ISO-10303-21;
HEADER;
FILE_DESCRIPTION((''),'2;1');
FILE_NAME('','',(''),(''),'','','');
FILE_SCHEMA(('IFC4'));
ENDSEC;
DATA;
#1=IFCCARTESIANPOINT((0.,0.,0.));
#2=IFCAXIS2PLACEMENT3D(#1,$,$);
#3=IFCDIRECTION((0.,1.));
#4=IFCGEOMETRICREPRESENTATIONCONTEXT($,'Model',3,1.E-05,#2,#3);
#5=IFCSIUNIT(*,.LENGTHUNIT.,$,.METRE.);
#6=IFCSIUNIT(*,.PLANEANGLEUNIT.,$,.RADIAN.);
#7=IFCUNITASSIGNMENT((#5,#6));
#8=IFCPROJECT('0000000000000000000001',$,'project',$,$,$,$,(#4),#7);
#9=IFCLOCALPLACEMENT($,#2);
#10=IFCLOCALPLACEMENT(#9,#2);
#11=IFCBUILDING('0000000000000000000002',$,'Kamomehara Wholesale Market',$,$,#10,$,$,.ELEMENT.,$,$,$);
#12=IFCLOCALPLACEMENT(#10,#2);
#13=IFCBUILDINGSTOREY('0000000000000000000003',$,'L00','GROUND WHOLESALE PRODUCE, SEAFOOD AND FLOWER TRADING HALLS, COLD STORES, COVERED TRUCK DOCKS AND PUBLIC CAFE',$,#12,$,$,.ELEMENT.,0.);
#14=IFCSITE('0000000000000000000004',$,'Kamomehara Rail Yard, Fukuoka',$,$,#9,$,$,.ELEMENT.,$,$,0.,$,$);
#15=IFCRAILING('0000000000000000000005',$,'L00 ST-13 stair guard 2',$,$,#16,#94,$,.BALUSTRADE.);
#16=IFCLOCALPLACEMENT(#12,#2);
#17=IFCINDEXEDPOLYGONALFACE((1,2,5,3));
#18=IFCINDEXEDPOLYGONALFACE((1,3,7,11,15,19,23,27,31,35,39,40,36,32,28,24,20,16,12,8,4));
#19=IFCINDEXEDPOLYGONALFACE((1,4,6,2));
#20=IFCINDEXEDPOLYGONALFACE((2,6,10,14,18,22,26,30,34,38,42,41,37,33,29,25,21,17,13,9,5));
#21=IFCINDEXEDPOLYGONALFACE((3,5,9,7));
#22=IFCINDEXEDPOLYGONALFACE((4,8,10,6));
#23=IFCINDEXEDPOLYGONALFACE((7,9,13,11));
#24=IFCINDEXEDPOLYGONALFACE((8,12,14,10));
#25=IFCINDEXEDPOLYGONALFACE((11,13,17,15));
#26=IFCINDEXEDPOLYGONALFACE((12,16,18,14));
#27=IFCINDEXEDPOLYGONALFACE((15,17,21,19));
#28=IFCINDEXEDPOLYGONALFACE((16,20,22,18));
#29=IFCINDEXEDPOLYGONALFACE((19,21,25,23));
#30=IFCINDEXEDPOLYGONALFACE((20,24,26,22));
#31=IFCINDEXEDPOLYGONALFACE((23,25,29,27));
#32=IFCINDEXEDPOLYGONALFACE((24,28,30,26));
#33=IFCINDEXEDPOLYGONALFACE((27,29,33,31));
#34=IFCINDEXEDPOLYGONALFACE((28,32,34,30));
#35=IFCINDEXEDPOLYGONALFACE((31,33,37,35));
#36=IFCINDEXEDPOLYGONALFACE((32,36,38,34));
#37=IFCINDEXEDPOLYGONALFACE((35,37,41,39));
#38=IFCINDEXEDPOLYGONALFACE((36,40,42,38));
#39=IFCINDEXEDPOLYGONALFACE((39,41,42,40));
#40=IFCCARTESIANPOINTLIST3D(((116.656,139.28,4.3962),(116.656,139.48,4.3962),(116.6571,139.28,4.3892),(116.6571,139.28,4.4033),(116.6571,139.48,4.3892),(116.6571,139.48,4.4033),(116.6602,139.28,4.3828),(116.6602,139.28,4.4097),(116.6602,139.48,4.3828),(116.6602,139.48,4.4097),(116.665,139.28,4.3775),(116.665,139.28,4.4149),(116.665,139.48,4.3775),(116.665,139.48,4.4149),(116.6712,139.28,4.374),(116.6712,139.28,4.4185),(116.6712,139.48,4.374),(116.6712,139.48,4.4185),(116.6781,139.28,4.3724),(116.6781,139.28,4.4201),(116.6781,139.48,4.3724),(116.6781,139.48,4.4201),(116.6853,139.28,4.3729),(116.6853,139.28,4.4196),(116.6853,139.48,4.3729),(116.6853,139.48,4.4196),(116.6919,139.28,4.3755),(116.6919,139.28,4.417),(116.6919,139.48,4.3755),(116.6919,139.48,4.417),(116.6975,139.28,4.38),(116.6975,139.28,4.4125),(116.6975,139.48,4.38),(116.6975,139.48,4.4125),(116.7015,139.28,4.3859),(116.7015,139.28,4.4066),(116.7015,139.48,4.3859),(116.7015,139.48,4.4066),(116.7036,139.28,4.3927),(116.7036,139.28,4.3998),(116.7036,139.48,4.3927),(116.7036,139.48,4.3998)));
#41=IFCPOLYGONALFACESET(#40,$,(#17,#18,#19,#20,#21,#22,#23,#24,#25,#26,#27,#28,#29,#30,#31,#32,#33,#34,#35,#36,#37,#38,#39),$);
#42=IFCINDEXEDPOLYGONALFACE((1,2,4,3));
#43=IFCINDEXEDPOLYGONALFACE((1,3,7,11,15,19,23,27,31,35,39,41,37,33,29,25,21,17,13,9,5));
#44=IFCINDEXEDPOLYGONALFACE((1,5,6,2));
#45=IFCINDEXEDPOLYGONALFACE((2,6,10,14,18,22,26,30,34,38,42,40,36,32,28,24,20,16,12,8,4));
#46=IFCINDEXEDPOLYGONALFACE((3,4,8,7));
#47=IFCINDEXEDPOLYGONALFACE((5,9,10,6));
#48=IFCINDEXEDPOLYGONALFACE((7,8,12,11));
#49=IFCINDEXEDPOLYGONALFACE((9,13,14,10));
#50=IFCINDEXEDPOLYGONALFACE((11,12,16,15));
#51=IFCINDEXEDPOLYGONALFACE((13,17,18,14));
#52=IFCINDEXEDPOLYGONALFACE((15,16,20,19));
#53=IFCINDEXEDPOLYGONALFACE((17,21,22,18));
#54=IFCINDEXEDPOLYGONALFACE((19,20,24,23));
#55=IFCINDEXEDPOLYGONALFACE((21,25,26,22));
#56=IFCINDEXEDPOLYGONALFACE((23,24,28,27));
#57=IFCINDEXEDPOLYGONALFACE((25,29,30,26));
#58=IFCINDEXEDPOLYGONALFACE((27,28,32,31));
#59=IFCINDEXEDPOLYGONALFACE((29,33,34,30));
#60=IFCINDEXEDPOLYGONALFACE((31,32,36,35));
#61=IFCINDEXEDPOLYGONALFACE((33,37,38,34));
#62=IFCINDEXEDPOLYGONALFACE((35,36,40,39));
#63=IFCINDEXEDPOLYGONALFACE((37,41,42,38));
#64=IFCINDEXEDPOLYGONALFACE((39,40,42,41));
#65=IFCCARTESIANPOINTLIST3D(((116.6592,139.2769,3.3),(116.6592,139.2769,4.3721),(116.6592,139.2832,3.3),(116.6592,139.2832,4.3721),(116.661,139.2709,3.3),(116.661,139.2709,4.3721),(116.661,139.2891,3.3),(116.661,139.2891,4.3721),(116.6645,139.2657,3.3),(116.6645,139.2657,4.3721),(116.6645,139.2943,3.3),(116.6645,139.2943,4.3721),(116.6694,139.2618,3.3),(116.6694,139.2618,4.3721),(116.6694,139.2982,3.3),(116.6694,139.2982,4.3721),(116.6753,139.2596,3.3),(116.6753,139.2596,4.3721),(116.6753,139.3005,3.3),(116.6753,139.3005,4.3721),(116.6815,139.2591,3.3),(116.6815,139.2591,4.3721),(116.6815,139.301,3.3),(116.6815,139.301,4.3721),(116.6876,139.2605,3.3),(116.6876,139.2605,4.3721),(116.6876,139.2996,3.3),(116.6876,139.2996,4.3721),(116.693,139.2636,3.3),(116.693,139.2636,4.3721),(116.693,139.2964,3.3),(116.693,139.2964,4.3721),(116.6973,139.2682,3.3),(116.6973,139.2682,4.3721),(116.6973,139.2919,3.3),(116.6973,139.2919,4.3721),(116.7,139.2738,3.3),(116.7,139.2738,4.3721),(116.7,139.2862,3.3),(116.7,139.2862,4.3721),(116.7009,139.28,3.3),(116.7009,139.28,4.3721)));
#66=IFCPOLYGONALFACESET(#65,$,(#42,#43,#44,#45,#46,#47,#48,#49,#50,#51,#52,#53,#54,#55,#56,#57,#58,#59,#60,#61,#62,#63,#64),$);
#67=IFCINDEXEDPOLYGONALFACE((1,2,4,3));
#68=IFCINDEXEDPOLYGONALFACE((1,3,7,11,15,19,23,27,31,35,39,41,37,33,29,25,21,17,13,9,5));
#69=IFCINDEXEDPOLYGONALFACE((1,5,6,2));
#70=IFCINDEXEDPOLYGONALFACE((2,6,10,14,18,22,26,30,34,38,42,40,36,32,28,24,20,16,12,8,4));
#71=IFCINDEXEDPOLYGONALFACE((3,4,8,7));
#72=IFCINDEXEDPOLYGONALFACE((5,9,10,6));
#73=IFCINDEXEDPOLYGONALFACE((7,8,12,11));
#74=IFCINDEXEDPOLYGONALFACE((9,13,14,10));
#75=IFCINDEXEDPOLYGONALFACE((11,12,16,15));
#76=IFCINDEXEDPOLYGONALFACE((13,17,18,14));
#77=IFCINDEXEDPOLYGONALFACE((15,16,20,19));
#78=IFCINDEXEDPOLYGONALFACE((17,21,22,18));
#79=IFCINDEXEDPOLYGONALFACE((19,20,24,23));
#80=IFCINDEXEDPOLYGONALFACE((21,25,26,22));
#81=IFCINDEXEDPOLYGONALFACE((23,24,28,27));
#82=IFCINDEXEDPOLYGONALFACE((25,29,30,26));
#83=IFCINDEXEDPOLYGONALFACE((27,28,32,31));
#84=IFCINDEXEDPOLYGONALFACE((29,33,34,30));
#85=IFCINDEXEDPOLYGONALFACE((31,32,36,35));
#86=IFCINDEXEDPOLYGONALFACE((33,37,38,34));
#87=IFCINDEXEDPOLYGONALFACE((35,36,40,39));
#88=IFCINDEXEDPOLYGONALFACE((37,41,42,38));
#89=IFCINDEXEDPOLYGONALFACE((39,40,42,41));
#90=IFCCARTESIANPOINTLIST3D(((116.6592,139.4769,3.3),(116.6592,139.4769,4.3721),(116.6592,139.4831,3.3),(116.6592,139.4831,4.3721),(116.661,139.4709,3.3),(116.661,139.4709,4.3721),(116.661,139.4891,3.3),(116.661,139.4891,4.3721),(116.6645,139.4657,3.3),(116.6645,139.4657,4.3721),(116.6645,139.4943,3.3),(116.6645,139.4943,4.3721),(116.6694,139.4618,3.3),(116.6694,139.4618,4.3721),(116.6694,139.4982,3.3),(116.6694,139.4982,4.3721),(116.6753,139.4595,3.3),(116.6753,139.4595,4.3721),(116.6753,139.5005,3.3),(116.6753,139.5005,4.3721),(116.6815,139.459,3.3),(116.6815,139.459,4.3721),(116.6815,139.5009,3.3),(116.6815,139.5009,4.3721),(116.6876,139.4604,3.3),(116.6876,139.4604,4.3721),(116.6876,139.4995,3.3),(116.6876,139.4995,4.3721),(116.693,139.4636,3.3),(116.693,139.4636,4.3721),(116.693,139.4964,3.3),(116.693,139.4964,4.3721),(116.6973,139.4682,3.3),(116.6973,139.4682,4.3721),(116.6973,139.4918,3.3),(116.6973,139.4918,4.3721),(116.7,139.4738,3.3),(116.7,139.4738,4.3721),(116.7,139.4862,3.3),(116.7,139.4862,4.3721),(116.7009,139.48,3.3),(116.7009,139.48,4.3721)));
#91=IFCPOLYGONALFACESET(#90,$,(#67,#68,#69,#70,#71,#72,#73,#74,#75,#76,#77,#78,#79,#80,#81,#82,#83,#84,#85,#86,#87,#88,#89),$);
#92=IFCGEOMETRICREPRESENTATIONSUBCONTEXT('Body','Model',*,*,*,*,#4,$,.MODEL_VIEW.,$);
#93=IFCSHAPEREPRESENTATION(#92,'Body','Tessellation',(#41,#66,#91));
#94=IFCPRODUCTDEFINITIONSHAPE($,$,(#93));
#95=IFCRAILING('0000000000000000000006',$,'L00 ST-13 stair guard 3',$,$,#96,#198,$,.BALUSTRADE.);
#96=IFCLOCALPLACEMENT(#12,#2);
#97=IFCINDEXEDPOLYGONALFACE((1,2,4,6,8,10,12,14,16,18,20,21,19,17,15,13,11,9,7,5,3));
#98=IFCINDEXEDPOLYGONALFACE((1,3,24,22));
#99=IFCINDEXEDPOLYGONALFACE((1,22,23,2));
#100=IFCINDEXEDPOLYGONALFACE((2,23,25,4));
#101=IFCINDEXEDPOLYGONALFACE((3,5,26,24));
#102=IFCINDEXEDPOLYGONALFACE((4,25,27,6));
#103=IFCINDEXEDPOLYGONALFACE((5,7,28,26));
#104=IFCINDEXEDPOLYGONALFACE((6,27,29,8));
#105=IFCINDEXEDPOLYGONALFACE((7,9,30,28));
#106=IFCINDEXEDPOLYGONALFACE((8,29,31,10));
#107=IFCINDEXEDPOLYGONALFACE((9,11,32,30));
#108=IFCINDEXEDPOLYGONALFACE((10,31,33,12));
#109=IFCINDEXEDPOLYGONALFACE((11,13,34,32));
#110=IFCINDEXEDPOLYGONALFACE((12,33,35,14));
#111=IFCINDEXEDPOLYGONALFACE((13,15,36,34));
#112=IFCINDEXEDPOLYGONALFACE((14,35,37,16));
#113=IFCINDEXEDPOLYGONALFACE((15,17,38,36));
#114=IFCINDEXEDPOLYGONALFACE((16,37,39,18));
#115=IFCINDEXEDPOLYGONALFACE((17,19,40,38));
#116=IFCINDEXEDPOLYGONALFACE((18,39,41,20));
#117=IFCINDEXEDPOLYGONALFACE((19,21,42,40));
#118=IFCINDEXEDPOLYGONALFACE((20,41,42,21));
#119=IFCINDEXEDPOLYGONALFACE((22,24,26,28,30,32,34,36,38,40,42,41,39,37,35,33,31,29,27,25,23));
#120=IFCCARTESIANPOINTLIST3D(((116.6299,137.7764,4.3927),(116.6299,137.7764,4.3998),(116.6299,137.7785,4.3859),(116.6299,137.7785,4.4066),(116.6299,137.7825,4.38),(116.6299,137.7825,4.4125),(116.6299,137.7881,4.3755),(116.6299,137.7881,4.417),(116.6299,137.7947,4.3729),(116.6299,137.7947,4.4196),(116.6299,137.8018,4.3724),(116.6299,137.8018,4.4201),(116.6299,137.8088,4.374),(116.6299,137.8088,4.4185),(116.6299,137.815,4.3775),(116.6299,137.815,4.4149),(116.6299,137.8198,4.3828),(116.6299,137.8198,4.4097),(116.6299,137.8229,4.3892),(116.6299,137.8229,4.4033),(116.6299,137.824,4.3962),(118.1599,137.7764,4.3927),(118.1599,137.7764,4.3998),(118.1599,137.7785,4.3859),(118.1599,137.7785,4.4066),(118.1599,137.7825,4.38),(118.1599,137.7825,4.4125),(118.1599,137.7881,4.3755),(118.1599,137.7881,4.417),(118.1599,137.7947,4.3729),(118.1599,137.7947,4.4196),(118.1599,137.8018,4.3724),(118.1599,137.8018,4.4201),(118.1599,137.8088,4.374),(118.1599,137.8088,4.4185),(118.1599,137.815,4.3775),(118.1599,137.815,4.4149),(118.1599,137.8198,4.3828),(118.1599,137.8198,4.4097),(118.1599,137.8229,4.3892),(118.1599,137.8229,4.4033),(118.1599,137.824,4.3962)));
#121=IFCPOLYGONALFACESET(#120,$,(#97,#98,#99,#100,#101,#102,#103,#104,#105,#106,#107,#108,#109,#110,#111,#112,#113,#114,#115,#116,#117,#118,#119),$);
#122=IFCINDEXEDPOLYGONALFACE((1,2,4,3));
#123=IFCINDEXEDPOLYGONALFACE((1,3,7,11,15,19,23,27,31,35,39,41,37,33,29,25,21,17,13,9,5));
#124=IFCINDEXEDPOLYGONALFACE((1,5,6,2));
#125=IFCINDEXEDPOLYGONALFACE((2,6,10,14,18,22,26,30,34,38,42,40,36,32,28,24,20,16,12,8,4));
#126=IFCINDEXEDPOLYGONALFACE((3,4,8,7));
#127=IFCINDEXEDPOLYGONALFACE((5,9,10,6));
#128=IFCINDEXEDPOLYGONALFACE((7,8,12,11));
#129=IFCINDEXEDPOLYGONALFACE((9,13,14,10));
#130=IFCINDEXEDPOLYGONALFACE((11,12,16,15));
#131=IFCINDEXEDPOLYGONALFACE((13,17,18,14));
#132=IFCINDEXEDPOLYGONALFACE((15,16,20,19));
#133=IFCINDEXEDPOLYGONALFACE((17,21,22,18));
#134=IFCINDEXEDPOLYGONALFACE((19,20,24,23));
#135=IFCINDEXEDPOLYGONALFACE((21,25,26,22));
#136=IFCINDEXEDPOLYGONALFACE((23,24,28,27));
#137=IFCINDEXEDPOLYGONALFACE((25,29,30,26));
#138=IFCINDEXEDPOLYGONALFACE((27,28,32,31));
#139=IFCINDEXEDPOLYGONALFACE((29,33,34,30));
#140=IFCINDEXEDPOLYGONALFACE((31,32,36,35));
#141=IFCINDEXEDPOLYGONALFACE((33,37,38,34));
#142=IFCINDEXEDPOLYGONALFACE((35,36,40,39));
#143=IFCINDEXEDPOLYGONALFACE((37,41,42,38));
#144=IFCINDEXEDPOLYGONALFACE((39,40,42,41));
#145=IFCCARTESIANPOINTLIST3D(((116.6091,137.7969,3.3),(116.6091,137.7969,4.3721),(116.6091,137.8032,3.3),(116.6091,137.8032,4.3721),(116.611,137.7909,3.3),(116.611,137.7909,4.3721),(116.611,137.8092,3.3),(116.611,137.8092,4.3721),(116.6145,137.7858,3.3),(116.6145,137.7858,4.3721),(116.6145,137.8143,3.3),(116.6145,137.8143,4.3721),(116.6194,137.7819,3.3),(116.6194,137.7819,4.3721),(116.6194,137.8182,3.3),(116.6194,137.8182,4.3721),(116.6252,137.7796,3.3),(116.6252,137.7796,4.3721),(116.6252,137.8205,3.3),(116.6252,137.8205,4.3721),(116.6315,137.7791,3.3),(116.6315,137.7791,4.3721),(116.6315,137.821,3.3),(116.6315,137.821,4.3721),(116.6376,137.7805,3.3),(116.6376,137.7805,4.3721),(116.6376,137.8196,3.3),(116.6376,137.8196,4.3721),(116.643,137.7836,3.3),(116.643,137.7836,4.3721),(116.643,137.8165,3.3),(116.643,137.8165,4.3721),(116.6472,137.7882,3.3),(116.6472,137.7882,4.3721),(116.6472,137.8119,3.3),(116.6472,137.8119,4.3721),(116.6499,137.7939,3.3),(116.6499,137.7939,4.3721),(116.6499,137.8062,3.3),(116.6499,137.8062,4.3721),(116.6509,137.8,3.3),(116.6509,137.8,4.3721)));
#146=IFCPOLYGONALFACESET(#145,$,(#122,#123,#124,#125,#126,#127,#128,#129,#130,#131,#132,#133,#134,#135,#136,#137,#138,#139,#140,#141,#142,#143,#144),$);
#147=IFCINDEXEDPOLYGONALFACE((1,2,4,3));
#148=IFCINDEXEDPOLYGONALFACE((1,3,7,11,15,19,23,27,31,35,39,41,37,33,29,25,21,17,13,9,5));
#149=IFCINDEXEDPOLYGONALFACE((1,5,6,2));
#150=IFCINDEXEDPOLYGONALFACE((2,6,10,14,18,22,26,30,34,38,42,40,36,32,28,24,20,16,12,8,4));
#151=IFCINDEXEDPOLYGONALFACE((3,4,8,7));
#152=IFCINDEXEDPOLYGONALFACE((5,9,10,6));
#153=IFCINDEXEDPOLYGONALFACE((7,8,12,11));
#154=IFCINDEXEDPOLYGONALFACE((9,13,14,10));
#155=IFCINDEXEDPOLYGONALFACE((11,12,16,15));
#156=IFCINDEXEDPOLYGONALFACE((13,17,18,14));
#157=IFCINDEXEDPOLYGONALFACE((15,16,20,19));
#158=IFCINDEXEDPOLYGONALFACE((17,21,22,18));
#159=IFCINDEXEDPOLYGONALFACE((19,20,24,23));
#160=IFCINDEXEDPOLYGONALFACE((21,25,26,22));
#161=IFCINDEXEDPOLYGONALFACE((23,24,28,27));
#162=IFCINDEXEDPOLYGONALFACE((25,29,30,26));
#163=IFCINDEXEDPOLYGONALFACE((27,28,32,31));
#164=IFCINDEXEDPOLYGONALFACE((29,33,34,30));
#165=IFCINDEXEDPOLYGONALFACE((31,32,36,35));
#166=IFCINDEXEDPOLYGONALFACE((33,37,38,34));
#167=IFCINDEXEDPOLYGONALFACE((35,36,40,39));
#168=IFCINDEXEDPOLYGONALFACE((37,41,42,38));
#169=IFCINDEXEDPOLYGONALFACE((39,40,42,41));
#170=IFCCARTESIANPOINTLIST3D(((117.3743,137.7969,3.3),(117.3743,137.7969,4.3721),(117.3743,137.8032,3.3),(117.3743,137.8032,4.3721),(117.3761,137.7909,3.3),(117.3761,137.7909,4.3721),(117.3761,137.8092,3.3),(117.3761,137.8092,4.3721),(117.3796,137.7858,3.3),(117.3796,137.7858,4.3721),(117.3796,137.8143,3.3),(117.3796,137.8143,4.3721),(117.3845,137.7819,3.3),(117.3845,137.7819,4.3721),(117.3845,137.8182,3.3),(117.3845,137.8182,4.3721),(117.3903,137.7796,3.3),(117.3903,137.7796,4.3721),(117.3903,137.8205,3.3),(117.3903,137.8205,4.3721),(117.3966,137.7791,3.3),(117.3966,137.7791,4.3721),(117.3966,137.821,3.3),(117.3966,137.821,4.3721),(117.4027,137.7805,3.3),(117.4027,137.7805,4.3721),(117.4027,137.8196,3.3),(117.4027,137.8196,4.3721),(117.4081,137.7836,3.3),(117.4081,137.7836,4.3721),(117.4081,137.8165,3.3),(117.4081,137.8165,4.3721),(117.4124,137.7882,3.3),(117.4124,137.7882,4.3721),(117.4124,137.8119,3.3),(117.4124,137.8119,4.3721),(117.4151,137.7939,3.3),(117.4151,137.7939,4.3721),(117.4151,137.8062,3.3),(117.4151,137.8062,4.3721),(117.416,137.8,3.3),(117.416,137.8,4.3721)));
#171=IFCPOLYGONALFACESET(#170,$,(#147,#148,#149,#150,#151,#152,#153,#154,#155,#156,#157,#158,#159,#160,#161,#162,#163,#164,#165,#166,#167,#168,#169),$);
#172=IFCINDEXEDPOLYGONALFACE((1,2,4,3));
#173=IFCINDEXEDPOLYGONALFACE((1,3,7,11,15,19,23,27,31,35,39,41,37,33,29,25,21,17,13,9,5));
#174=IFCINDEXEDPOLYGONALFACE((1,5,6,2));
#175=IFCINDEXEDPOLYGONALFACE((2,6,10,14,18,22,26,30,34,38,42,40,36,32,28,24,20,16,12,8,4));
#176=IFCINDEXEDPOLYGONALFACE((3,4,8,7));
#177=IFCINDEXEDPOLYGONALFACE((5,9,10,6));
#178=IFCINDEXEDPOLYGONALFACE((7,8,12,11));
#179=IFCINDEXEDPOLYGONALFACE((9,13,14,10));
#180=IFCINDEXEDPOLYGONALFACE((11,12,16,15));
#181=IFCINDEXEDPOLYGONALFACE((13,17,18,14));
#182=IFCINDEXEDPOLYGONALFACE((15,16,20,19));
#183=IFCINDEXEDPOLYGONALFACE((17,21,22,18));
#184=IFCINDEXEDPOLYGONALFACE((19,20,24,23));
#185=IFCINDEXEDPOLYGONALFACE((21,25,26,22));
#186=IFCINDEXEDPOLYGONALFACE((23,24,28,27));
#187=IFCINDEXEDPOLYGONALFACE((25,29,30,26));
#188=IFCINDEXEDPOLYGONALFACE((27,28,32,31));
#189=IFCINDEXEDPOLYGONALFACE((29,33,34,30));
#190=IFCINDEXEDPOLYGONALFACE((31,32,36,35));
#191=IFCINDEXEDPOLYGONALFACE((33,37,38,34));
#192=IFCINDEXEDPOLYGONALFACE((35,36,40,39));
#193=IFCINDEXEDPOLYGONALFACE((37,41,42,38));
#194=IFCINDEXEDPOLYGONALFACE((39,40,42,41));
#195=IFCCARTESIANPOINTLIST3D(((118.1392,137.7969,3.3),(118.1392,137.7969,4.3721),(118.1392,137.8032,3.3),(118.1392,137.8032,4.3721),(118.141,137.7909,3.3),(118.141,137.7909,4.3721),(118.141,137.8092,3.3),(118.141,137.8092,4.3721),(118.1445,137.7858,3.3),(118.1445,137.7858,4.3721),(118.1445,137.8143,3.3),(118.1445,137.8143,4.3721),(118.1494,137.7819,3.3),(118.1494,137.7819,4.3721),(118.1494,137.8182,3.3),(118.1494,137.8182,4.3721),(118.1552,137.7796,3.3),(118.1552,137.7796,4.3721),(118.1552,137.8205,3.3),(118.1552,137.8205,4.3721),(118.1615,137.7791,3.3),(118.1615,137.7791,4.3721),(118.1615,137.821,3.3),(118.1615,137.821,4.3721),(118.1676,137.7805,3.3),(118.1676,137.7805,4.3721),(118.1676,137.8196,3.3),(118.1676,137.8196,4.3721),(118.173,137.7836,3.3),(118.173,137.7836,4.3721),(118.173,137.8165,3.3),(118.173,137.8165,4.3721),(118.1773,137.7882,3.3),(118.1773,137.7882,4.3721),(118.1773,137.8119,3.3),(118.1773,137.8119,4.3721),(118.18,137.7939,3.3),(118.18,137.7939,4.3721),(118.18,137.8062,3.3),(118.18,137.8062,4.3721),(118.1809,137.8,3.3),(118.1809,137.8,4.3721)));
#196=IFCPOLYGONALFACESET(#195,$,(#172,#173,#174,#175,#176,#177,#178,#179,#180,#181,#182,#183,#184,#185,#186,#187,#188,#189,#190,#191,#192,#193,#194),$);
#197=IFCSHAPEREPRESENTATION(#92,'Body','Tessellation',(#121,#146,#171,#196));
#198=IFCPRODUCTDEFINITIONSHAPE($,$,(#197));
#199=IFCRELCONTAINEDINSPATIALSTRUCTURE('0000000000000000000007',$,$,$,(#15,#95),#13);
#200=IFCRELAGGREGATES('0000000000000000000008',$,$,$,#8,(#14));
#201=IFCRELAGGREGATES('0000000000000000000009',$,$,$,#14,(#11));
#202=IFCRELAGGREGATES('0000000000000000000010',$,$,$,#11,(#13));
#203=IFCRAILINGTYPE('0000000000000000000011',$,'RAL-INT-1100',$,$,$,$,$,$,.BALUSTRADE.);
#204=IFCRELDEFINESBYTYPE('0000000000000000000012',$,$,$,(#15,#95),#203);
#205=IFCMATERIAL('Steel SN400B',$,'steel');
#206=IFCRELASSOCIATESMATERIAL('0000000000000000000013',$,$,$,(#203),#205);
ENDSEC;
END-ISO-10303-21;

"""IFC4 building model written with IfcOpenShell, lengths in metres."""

from ifc_helpers import new_model, si_unit, direction, frame, origin, origin_2d, place, context, subcontext, project, spatial, circle, extrude, material, type_object, element, save


model = new_model("IFC4")

# Units and contexts
model_context = context("Model", 3, precision=1e-05, world=origin(), true_north=direction((0.0, 1.0)))
body_context = subcontext(model_context, "Body", "Model", "MODEL_VIEW")
ifc_project = project(units=[si_unit("LENGTHUNIT", "METRE"), si_unit("PLANEANGLEUNIT", "RADIAN")], contexts=[model_context])

# Site, building, storey
site_placement = place(None, origin())
site = spatial("IfcSite", under=ifc_project, at=site_placement, Name="Kamomehara Rail Yard, Fukuoka", CompositionType="ELEMENT", RefElevation=0.0)
building_placement = place(site_placement, origin())
building = spatial("IfcBuilding", under=site, at=building_placement, Name="Kamomehara Wholesale Market", CompositionType="ELEMENT")
storey_placement = place(building_placement, origin())
storey = spatial("IfcBuildingStorey", under=building, at=storey_placement, Name="L00", Description="GROUND WHOLESALE PRODUCE, SEAFOOD AND FLOWER TRADING HALLS, COLD STORES, COVERED TRUCK DOCKS AND PUBLIC CAFE", CompositionType="ELEMENT", Elevation=0.0)

# Railings
ifc_material_1 = material(Name="Steel SN400B", Category="steel")
railing_type_1 = type_object("IfcRailingType", Name="RAL-INT-1100", PredefinedType="BALUSTRADE", material=ifc_material_1)
railing_1_placement = place(storey_placement, frame((116.6799, 139.28, 3.3)))
element("IfcRailing", 1, at=railing_1_placement, inside=storey, type_object=railing_type_1, Name="L00 ST-13 stair guard 2", PredefinedType="BALUSTRADE", context=body_context, shape_type="SweptSolid", body=[
    extrude(circle(Radius=0.0239, at=origin_2d()), frame((0.0, 0.0, 1.0962), z_axis=(0.0, 1.0, 0.0), x_axis=(-1.0, 0.0, 0.0)), (0.0, 0.0, 1.0), 0.2),
    extrude(circle(Radius=0.021, at=origin_2d()), origin(), (0.0, 0.0, 1.0), 1.072),
    extrude(circle(Radius=0.021, at=origin_2d()), frame((0.0, 0.2, 0.0)), (0.0, 0.0, 1.0), 1.072),
])
railing_2_placement = place(storey_placement, frame((116.6299, 137.8, 3.3)))
element("IfcRailing", 2, at=railing_2_placement, inside=storey, type_object=railing_type_1, Name="L00 ST-13 stair guard 3", PredefinedType="BALUSTRADE", context=body_context, shape_type="SweptSolid", body=[
    extrude(circle(Radius=0.0239, at=origin_2d()), frame((0.0, 0.0, 1.0962), z_axis=(1.0, 0.0, 0.0), x_axis=(0.0, 1.0, 0.0)), (0.0, 0.0, 1.0), 1.53),
    extrude(circle(Radius=0.021, at=origin_2d()), origin(), (0.0, 0.0, 1.0), 1.072),
    extrude(circle(Radius=0.021, at=origin_2d()), frame((0.7651, 0.0, 0.0)), (0.0, 0.0, 1.0), 1.072),
    extrude(circle(Radius=0.021, at=origin_2d()), frame((1.53, 0.0, 0.0)), (0.0, 0.0, 1.0), 1.072),
])

save(model, "model.ifc")
